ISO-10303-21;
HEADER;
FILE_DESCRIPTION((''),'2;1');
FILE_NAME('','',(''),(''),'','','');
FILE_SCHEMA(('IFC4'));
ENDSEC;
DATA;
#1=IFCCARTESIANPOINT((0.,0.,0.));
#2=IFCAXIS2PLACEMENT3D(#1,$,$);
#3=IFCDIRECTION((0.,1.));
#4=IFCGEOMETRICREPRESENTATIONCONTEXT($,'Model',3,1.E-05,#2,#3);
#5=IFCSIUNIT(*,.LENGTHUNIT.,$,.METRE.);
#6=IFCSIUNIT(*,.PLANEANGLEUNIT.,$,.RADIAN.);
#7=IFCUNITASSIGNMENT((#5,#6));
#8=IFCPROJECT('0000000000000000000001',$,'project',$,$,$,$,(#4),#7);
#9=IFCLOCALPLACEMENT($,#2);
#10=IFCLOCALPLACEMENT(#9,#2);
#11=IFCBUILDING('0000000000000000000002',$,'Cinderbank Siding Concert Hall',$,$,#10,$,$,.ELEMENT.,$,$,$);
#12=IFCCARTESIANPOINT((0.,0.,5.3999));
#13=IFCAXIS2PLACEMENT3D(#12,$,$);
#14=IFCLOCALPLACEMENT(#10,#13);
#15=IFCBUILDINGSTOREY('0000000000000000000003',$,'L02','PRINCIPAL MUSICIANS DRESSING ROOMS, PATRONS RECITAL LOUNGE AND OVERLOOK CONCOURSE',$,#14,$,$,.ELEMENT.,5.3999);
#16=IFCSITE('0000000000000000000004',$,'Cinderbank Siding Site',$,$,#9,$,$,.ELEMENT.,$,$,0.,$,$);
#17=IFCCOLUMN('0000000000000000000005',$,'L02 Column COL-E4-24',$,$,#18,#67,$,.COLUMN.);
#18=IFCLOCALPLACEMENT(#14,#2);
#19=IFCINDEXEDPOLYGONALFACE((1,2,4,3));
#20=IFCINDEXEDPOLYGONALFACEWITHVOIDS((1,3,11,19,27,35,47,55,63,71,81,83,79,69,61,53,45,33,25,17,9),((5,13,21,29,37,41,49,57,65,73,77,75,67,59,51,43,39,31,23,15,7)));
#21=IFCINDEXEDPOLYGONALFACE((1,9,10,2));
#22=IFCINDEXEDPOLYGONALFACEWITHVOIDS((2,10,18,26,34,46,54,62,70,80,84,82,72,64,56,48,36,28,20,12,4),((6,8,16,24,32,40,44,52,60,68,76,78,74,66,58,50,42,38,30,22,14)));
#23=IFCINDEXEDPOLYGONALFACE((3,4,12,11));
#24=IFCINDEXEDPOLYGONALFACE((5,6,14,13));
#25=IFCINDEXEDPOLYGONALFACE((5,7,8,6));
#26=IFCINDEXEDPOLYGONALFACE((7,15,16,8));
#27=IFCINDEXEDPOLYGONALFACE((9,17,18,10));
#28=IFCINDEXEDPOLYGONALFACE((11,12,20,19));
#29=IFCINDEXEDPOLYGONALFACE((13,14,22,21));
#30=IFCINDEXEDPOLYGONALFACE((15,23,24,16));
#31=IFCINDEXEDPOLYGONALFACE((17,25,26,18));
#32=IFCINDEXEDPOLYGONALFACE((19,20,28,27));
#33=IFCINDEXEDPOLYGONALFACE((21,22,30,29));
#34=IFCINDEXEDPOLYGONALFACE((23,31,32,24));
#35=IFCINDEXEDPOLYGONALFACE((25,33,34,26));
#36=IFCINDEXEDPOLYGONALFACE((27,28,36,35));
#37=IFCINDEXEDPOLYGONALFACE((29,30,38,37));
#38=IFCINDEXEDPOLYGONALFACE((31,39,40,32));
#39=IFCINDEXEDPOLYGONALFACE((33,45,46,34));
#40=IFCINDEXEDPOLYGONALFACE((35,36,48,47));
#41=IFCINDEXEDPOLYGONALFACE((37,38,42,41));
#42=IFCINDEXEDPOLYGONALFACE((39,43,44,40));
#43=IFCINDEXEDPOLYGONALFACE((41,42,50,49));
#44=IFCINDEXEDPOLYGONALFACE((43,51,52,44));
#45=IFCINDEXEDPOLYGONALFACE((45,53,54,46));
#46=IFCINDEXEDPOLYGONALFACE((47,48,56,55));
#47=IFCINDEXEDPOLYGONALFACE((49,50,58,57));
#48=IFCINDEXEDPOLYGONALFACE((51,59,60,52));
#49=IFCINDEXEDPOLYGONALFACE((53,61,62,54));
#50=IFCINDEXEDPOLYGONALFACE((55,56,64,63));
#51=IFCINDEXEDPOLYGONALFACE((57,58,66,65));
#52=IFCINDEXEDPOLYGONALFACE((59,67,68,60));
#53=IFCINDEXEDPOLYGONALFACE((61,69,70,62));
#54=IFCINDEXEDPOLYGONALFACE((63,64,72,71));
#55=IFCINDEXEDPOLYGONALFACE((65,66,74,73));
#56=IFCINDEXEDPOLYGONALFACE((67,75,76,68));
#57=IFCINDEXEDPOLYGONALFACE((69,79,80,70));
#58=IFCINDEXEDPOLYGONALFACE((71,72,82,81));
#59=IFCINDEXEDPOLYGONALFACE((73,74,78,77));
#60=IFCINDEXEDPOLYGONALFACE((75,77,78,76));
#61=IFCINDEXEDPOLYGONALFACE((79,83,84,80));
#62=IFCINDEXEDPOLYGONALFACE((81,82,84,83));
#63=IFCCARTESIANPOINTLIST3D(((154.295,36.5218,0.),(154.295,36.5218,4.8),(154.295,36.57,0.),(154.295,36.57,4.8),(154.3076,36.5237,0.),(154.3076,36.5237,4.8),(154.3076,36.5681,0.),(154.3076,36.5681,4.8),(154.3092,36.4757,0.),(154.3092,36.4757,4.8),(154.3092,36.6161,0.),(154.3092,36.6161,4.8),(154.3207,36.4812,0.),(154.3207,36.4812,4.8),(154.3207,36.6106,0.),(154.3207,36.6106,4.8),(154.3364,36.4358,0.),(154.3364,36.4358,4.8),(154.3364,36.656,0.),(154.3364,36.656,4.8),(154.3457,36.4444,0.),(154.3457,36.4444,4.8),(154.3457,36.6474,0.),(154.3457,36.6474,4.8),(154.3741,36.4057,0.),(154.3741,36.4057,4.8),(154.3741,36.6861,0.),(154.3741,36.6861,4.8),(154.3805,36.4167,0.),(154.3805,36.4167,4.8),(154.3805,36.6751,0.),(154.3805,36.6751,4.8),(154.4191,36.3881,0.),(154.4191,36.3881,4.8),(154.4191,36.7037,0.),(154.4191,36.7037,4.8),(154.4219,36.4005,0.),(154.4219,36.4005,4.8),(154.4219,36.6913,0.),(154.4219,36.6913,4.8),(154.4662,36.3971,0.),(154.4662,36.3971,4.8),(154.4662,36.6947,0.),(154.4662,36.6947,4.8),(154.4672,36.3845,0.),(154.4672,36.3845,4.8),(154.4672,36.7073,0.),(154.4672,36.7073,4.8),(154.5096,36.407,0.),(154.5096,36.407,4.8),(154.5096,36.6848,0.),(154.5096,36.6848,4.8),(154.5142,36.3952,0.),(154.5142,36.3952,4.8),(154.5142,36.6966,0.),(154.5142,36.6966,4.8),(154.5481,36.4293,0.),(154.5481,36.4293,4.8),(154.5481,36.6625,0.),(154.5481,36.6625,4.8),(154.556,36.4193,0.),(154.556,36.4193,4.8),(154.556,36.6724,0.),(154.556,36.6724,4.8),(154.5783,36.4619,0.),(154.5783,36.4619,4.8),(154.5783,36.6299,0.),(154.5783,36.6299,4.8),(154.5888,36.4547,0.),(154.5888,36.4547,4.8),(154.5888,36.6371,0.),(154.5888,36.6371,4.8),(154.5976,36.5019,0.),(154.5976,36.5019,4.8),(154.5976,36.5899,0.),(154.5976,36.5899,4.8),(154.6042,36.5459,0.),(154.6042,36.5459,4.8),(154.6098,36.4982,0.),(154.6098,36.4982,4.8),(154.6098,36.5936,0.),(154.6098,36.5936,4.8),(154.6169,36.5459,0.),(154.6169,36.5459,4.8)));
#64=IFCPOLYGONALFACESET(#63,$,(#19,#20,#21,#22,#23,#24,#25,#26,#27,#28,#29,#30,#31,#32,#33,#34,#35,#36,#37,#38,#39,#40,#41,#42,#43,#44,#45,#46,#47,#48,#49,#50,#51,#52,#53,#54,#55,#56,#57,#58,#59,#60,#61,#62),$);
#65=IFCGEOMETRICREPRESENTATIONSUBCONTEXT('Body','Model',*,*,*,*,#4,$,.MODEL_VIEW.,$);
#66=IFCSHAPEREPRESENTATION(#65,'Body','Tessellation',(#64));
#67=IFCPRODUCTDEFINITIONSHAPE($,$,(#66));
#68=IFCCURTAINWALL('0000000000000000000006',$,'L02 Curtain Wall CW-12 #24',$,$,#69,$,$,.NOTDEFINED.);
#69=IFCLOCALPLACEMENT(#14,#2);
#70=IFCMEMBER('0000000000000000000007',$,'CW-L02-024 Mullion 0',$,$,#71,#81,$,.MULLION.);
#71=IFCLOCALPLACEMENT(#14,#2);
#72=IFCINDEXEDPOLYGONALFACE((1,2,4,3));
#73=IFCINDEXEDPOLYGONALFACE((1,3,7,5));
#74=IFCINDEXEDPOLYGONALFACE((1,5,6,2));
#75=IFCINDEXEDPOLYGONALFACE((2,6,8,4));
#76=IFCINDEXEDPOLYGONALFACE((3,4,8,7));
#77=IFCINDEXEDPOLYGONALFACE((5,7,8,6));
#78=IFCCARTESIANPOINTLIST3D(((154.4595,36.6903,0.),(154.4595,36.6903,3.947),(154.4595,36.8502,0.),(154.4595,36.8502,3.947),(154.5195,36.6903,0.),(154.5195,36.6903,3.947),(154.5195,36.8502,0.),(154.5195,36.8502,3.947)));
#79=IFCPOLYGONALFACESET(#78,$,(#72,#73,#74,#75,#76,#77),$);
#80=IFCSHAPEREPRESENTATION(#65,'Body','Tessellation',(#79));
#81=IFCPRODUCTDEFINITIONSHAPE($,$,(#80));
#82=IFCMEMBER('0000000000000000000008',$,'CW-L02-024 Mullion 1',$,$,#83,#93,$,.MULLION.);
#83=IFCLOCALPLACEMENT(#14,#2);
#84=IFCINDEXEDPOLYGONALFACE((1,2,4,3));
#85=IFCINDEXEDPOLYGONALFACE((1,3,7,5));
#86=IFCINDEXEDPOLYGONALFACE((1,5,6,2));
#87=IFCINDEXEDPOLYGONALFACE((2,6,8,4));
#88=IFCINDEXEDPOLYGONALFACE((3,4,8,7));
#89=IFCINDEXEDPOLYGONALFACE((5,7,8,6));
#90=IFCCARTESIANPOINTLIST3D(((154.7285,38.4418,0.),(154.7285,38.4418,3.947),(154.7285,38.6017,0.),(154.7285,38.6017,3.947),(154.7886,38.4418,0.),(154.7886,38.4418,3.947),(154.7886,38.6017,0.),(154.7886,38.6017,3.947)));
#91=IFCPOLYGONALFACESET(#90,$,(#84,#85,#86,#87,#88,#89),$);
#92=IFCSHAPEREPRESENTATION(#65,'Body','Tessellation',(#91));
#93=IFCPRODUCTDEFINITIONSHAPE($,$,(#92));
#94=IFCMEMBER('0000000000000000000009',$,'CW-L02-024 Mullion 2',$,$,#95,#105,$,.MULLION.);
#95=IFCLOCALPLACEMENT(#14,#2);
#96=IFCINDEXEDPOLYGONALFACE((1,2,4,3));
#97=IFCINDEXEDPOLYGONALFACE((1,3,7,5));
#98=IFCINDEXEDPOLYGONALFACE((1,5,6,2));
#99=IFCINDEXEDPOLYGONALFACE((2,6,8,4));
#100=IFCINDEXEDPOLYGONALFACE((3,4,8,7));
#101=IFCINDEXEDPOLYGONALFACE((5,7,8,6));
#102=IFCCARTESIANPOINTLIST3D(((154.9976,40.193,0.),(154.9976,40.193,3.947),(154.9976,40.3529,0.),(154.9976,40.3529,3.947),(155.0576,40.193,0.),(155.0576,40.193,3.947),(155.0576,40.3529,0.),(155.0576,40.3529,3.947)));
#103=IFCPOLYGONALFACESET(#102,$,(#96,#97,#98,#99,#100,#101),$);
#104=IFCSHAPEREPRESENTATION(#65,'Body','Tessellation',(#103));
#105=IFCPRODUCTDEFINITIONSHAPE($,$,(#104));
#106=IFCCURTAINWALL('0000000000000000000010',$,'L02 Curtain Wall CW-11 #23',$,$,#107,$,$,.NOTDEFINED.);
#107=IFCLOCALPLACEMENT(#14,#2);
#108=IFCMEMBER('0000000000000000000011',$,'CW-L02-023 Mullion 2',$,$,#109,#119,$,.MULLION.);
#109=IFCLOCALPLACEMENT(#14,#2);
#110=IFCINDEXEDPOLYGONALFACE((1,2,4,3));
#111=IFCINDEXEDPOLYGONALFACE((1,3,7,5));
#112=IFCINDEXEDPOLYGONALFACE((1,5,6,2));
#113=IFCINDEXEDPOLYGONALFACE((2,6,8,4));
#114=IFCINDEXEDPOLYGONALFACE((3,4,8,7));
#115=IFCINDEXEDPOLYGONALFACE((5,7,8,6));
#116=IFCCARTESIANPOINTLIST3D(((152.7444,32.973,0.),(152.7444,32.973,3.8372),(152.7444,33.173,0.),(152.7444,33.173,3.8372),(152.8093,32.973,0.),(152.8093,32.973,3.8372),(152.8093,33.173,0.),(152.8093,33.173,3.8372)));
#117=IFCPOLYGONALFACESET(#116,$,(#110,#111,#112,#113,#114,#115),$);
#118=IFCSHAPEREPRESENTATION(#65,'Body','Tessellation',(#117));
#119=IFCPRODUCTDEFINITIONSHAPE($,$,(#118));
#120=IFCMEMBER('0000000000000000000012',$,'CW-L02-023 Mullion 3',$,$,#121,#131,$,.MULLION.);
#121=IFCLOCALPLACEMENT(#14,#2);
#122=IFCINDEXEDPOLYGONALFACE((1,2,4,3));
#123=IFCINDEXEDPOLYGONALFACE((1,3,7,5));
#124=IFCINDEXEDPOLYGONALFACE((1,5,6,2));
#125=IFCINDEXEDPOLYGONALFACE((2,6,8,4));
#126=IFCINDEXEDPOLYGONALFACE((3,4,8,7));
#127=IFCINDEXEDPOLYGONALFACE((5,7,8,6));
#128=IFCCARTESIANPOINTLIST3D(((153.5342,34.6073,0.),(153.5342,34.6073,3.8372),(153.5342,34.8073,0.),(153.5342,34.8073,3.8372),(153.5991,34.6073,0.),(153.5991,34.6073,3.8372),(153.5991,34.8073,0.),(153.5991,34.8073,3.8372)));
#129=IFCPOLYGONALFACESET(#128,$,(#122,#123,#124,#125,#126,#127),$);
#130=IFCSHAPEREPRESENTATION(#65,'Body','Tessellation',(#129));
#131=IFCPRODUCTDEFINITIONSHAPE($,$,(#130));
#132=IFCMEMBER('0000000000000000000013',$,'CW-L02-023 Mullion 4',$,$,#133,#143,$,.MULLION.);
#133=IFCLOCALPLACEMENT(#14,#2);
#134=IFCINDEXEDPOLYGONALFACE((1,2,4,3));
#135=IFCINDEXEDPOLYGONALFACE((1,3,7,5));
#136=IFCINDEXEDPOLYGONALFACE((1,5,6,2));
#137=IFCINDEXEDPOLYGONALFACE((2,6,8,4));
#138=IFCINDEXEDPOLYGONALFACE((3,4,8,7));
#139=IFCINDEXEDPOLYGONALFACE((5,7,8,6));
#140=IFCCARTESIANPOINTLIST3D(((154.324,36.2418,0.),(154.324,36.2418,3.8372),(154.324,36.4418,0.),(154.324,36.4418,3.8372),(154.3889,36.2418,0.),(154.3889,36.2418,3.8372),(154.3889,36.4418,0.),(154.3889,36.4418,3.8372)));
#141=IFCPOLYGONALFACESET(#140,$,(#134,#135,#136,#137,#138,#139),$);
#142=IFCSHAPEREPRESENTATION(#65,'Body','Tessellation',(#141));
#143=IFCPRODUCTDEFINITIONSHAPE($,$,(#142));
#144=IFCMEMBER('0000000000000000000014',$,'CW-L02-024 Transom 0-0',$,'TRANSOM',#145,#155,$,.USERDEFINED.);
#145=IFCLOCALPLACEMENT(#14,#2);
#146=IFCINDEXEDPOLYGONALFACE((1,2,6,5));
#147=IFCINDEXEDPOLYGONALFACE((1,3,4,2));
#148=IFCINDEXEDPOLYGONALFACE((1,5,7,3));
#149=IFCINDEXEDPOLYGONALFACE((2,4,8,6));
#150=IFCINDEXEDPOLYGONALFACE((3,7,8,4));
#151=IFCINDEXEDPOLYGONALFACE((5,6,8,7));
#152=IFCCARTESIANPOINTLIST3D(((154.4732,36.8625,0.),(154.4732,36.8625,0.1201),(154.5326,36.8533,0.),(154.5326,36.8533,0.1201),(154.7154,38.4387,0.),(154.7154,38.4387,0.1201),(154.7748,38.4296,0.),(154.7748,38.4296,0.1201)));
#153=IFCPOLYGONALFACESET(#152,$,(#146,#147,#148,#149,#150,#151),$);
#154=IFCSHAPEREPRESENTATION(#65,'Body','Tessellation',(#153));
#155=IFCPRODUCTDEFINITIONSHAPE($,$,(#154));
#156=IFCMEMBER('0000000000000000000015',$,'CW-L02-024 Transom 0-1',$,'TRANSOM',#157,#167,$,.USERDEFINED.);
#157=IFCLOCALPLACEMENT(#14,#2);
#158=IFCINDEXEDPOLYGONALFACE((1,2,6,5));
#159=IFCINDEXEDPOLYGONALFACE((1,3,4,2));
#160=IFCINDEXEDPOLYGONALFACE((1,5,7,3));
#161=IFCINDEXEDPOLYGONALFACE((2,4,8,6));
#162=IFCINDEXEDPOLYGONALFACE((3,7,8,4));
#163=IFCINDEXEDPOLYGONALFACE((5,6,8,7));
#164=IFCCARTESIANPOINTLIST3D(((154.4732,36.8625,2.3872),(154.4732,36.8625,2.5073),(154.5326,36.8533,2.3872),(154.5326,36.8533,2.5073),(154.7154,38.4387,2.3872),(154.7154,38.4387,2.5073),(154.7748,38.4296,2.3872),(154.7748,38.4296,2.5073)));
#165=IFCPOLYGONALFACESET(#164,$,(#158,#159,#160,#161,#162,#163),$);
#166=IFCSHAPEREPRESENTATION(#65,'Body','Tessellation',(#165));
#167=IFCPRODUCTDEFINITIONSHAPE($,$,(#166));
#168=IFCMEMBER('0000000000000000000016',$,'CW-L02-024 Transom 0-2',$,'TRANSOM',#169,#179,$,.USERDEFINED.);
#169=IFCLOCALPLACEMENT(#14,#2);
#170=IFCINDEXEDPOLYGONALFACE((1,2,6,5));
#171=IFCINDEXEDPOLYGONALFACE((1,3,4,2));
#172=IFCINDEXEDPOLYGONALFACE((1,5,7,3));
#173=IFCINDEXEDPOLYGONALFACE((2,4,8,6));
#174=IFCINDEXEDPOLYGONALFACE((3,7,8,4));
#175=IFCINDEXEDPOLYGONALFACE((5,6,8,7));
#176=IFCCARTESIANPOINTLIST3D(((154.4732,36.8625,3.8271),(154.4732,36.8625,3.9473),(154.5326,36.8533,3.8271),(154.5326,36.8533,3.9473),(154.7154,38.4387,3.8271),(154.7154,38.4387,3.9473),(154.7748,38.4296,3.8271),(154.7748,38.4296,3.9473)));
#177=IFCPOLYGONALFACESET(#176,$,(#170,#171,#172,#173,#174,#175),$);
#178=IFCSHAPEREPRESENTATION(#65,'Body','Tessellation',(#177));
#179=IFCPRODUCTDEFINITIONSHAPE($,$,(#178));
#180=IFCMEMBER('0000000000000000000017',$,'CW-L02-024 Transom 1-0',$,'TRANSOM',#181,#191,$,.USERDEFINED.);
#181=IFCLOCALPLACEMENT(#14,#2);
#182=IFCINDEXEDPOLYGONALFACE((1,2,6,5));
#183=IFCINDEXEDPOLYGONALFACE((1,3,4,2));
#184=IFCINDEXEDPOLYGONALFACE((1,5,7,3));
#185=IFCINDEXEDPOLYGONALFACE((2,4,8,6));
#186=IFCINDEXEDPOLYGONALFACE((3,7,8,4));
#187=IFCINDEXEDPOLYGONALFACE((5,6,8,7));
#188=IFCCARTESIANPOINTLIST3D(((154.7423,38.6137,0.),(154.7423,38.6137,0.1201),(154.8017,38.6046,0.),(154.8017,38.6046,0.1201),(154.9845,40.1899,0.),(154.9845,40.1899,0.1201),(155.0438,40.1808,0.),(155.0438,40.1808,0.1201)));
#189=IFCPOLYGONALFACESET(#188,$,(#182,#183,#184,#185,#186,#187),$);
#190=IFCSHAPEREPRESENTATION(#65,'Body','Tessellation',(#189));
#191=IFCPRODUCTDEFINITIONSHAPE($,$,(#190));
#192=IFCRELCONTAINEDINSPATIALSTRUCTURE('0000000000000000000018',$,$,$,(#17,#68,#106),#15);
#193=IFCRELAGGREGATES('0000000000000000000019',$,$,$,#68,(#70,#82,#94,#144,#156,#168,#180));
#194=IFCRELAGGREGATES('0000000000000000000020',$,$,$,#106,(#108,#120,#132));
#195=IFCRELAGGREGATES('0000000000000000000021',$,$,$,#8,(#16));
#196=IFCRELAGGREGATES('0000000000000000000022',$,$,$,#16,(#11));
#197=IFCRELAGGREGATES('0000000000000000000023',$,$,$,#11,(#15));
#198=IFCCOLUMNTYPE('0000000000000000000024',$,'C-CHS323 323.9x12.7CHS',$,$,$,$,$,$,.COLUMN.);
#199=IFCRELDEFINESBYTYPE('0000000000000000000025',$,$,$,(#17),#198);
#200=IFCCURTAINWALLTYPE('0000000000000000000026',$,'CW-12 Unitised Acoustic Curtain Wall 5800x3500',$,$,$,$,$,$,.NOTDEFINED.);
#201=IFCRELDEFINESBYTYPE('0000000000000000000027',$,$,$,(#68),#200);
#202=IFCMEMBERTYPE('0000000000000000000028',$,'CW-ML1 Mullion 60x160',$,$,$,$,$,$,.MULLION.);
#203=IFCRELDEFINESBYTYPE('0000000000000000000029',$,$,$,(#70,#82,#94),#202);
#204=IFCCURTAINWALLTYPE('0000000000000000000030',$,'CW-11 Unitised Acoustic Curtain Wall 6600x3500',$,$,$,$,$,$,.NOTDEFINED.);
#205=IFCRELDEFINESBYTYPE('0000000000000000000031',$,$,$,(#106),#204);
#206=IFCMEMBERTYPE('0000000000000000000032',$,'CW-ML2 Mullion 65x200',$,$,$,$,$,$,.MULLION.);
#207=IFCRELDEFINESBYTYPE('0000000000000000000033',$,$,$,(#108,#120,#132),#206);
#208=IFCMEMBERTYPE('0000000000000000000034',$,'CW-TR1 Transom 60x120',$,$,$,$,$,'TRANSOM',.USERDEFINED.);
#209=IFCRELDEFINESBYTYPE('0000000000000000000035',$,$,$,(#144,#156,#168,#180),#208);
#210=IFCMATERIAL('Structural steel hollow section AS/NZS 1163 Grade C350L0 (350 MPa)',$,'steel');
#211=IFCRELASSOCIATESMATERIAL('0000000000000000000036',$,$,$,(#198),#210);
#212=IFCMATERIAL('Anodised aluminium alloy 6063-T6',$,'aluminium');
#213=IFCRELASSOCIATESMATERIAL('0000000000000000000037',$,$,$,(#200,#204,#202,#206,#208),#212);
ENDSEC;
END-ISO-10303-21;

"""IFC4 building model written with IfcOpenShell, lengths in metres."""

from ifc_helpers import new_model, si_unit, direction, frame, origin, origin_2d, place, context, subcontext, project, spatial, rectangle, hollow_circle, extrude, material, material_profile, profile_set, type_object, element, aggregate, save


model = new_model("IFC4")

# Units and contexts
model_context = context("Model", 3, precision=1e-05, world=origin(), true_north=direction((0.0, 1.0)))
body_context = subcontext(model_context, "Body", "Model", "MODEL_VIEW")
ifc_project = project(units=[si_unit("LENGTHUNIT", "METRE"), si_unit("PLANEANGLEUNIT", "RADIAN")], contexts=[model_context])

# Site, building, storey
site_placement = place(None, origin())
site = spatial("IfcSite", under=ifc_project, at=site_placement, Name="Cinderbank Siding Site", CompositionType="ELEMENT", RefElevation=0.0)
building_placement = place(site_placement, origin())
building = spatial("IfcBuilding", under=site, at=building_placement, Name="Cinderbank Siding Concert Hall", CompositionType="ELEMENT")
storey_placement = place(building_placement, frame((0.0, 0.0, 5.3999)))
storey = spatial("IfcBuildingStorey", under=building, at=storey_placement, Name="L02", Description="PRINCIPAL MUSICIANS DRESSING ROOMS, PATRONS RECITAL LOUNGE AND OVERLOOK CONCOURSE", CompositionType="ELEMENT", Elevation=5.3999)

# Column
ifc_material_1 = material(Name="Structural steel hollow section AS/NZS 1163 Grade C350L0 (350 MPa)", Category="steel")
ifc_material_profile_1 = material_profile(ifc_material_1, hollow_circle(Radius=0.1619, WallThickness=0.0127, at=origin_2d()), Name="323.9x12.7CHS", Category="LoadBearing")
ifc_profile_set_1 = profile_set([ifc_material_profile_1], Name="Structural steel hollow section AS/NZS 1163 Grade C350L0 (350 MPa)")
column_type = type_object("IfcColumnType", Name="C-CHS323 323.9x12.7CHS", PredefinedType="COLUMN", material=ifc_profile_set_1)
column_placement = place(storey_placement, frame((154.4551, 36.5459, 0.0), z_axis=(0.0, 0.0, 1.0), x_axis=(1.0, 0.0, 0.0)))
element("IfcColumn", 1, at=column_placement, inside=storey, type_object=column_type, Name="L02 Column COL-E4-24", PredefinedType="COLUMN", context=body_context, shape_type="SweptSolid", body=[
    extrude(hollow_circle(Radius=0.1619, WallThickness=0.0127, at=origin_2d()), origin(), (0.0, 0.0, 1.0), 4.8),
])

# Curtain walls, members
ifc_material_2 = material(Name="Anodised aluminium alloy 6063-T6", Category="aluminium")
curtain_wall_type_1 = type_object("IfcCurtainWallType", Name="CW-12 Unitised Acoustic Curtain Wall 5800x3500", PredefinedType="NOTDEFINED", material=ifc_material_2)
curtain_wall_1_placement = place(storey_placement, origin())
curtain_wall_1 = element("IfcCurtainWall", 2, at=curtain_wall_1_placement, inside=storey, type_object=curtain_wall_type_1, Name="L02 Curtain Wall CW-12 #24", PredefinedType="NOTDEFINED")
ifc_material_profile_2 = material_profile(ifc_material_2, rectangle(XDim=0.0601, YDim=0.1599, at=origin_2d()), Name="ALU-MULL-60x160", Category="LoadBearing")
ifc_profile_set_2 = profile_set([ifc_material_profile_2], Name="Anodised aluminium alloy 6063-T6")
member_type_1 = type_object("IfcMemberType", Name="CW-ML1 Mullion 60x160", PredefinedType="MULLION", material=ifc_profile_set_2)
member_1_placement = place(storey_placement, frame((154.4895, 36.7703, 0.0), z_axis=(0.0, 0.0, 1.0), x_axis=(1.0, 0.0, 0.0)))
member_1 = element("IfcMember", 3, at=member_1_placement, type_object=member_type_1, Name="CW-L02-024 Mullion 0", PredefinedType="MULLION", context=body_context, shape_type="SweptSolid", body=[
    extrude(rectangle(XDim=0.0601, YDim=0.1599, at=origin_2d()), origin(), (0.0, 0.0, 1.0), 3.947),
])
member_2_placement = place(storey_placement, frame((154.7585, 38.5217, 0.0), z_axis=(0.0, 0.0, 1.0), x_axis=(1.0, 0.0, 0.0)))
member_2 = element("IfcMember", 4, at=member_2_placement, type_object=member_type_1, Name="CW-L02-024 Mullion 1", PredefinedType="MULLION", context=body_context, shape_type="SweptSolid", body=[
    extrude(rectangle(XDim=0.0601, YDim=0.1599, at=origin_2d()), origin(), (0.0, 0.0, 1.0), 3.947),
])
member_3_placement = place(storey_placement, frame((155.0276, 40.2729, 0.0), z_axis=(0.0, 0.0, 1.0), x_axis=(1.0, 0.0, 0.0)))
member_3 = element("IfcMember", 5, at=member_3_placement, type_object=member_type_1, Name="CW-L02-024 Mullion 2", PredefinedType="MULLION", context=body_context, shape_type="SweptSolid", body=[
    extrude(rectangle(XDim=0.0601, YDim=0.1599, at=origin_2d()), origin(), (0.0, 0.0, 1.0), 3.947),
])
curtain_wall_type_2 = type_object("IfcCurtainWallType", Name="CW-11 Unitised Acoustic Curtain Wall 6600x3500", PredefinedType="NOTDEFINED", material=ifc_material_2)
curtain_wall_2_placement = place(storey_placement, origin())
curtain_wall_2 = element("IfcCurtainWall", 6, at=curtain_wall_2_placement, inside=storey, type_object=curtain_wall_type_2, Name="L02 Curtain Wall CW-11 #23", PredefinedType="NOTDEFINED")
ifc_material_profile_3 = material_profile(ifc_material_2, rectangle(XDim=0.0649, YDim=0.2, at=origin_2d()), Name="ALU-MULL-65x200", Category="LoadBearing")
ifc_profile_set_3 = profile_set([ifc_material_profile_3], Name="Anodised aluminium alloy 6063-T6")
member_type_2 = type_object("IfcMemberType", Name="CW-ML2 Mullion 65x200", PredefinedType="MULLION", material=ifc_profile_set_3)
member_4_placement = place(storey_placement, frame((152.7769, 33.073, 0.0), z_axis=(0.0, 0.0, 1.0), x_axis=(1.0, 0.0, 0.0)))
member_4 = element("IfcMember", 7, at=member_4_placement, type_object=member_type_2, Name="CW-L02-023 Mullion 2", PredefinedType="MULLION", context=body_context, shape_type="SweptSolid", body=[
    extrude(rectangle(XDim=0.0649, YDim=0.2, at=origin_2d()), origin(), (0.0, 0.0, 1.0), 3.8372),
])
member_5_placement = place(storey_placement, frame((153.5667, 34.7073, 0.0), z_axis=(0.0, 0.0, 1.0), x_axis=(1.0, 0.0, 0.0)))
member_5 = element("IfcMember", 8, at=member_5_placement, type_object=member_type_2, Name="CW-L02-023 Mullion 3", PredefinedType="MULLION", context=body_context, shape_type="SweptSolid", body=[
    extrude(rectangle(XDim=0.0649, YDim=0.2, at=origin_2d()), origin(), (0.0, 0.0, 1.0), 3.8372),
])
member_6_placement = place(storey_placement, frame((154.3564, 36.3418, 0.0), z_axis=(0.0, 0.0, 1.0), x_axis=(1.0, 0.0, 0.0)))
member_6 = element("IfcMember", 9, at=member_6_placement, type_object=member_type_2, Name="CW-L02-023 Mullion 4", PredefinedType="MULLION", context=body_context, shape_type="SweptSolid", body=[
    extrude(rectangle(XDim=0.0649, YDim=0.2, at=origin_2d()), origin(), (0.0, 0.0, 1.0), 3.8372),
])

# Members
ifc_material_profile_4 = material_profile(ifc_material_2, rectangle(XDim=0.0601, YDim=0.1201, at=origin_2d()), Name="ALU-TRAN-60x120", Category="LoadBearing")
ifc_profile_set_4 = profile_set([ifc_material_profile_4], Name="Anodised aluminium alloy 6063-T6")
member_type_3 = type_object("IfcMemberType", Name="CW-TR1 Transom 60x120", ElementType="TRANSOM", PredefinedType="USERDEFINED", material=ifc_profile_set_4)
member_7_placement = place(storey_placement, frame((154.5029, 36.8579, 0.0601), z_axis=(0.151873, 0.9884, 0.0), x_axis=(-0.9884, 0.151873, 0.0)))
member_7 = element("IfcMember", 10, at=member_7_placement, type_object=member_type_3, Name="CW-L02-024 Transom 0-0", ObjectType="TRANSOM", PredefinedType="USERDEFINED", context=body_context, shape_type="SweptSolid", body=[
    extrude(rectangle(XDim=0.0601, YDim=0.1201, at=origin_2d()), origin(), (0.0, 0.0, 1.0), 1.5947),
])
member_8_placement = place(storey_placement, frame((154.5029, 36.8579, 2.4473), z_axis=(0.151873, 0.9884, 0.0), x_axis=(-0.9884, 0.151873, 0.0)))
member_8 = element("IfcMember", 11, at=member_8_placement, type_object=member_type_3, Name="CW-L02-024 Transom 0-1", ObjectType="TRANSOM", PredefinedType="USERDEFINED", context=body_context, shape_type="SweptSolid", body=[
    extrude(rectangle(XDim=0.0601, YDim=0.1201, at=origin_2d()), origin(), (0.0, 0.0, 1.0), 1.5947),
])
member_9_placement = place(storey_placement, frame((154.5029, 36.8579, 3.8872), z_axis=(0.151873, 0.9884, 0.0), x_axis=(-0.9884, 0.151873, 0.0)))
member_9 = element("IfcMember", 12, at=member_9_placement, type_object=member_type_3, Name="CW-L02-024 Transom 0-2", ObjectType="TRANSOM", PredefinedType="USERDEFINED", context=body_context, shape_type="SweptSolid", body=[
    extrude(rectangle(XDim=0.0601, YDim=0.1201, at=origin_2d()), origin(), (0.0, 0.0, 1.0), 1.5947),
])
member_10_placement = place(storey_placement, frame((154.772, 38.6091, 0.0601), z_axis=(0.151873, 0.9884, 0.0), x_axis=(-0.9884, 0.151873, 0.0)))
member_10 = element("IfcMember", 13, at=member_10_placement, type_object=member_type_3, Name="CW-L02-024 Transom 1-0", ObjectType="TRANSOM", PredefinedType="USERDEFINED", context=body_context, shape_type="SweptSolid", body=[
    extrude(rectangle(XDim=0.0601, YDim=0.1201, at=origin_2d()), origin(), (0.0, 0.0, 1.0), 1.5947),
])

aggregate(curtain_wall_1, [member_1, member_2, member_3, member_7, member_8, member_9, member_10])
aggregate(curtain_wall_2, [member_4, member_5, member_6])

save(model, "model.ifc")
